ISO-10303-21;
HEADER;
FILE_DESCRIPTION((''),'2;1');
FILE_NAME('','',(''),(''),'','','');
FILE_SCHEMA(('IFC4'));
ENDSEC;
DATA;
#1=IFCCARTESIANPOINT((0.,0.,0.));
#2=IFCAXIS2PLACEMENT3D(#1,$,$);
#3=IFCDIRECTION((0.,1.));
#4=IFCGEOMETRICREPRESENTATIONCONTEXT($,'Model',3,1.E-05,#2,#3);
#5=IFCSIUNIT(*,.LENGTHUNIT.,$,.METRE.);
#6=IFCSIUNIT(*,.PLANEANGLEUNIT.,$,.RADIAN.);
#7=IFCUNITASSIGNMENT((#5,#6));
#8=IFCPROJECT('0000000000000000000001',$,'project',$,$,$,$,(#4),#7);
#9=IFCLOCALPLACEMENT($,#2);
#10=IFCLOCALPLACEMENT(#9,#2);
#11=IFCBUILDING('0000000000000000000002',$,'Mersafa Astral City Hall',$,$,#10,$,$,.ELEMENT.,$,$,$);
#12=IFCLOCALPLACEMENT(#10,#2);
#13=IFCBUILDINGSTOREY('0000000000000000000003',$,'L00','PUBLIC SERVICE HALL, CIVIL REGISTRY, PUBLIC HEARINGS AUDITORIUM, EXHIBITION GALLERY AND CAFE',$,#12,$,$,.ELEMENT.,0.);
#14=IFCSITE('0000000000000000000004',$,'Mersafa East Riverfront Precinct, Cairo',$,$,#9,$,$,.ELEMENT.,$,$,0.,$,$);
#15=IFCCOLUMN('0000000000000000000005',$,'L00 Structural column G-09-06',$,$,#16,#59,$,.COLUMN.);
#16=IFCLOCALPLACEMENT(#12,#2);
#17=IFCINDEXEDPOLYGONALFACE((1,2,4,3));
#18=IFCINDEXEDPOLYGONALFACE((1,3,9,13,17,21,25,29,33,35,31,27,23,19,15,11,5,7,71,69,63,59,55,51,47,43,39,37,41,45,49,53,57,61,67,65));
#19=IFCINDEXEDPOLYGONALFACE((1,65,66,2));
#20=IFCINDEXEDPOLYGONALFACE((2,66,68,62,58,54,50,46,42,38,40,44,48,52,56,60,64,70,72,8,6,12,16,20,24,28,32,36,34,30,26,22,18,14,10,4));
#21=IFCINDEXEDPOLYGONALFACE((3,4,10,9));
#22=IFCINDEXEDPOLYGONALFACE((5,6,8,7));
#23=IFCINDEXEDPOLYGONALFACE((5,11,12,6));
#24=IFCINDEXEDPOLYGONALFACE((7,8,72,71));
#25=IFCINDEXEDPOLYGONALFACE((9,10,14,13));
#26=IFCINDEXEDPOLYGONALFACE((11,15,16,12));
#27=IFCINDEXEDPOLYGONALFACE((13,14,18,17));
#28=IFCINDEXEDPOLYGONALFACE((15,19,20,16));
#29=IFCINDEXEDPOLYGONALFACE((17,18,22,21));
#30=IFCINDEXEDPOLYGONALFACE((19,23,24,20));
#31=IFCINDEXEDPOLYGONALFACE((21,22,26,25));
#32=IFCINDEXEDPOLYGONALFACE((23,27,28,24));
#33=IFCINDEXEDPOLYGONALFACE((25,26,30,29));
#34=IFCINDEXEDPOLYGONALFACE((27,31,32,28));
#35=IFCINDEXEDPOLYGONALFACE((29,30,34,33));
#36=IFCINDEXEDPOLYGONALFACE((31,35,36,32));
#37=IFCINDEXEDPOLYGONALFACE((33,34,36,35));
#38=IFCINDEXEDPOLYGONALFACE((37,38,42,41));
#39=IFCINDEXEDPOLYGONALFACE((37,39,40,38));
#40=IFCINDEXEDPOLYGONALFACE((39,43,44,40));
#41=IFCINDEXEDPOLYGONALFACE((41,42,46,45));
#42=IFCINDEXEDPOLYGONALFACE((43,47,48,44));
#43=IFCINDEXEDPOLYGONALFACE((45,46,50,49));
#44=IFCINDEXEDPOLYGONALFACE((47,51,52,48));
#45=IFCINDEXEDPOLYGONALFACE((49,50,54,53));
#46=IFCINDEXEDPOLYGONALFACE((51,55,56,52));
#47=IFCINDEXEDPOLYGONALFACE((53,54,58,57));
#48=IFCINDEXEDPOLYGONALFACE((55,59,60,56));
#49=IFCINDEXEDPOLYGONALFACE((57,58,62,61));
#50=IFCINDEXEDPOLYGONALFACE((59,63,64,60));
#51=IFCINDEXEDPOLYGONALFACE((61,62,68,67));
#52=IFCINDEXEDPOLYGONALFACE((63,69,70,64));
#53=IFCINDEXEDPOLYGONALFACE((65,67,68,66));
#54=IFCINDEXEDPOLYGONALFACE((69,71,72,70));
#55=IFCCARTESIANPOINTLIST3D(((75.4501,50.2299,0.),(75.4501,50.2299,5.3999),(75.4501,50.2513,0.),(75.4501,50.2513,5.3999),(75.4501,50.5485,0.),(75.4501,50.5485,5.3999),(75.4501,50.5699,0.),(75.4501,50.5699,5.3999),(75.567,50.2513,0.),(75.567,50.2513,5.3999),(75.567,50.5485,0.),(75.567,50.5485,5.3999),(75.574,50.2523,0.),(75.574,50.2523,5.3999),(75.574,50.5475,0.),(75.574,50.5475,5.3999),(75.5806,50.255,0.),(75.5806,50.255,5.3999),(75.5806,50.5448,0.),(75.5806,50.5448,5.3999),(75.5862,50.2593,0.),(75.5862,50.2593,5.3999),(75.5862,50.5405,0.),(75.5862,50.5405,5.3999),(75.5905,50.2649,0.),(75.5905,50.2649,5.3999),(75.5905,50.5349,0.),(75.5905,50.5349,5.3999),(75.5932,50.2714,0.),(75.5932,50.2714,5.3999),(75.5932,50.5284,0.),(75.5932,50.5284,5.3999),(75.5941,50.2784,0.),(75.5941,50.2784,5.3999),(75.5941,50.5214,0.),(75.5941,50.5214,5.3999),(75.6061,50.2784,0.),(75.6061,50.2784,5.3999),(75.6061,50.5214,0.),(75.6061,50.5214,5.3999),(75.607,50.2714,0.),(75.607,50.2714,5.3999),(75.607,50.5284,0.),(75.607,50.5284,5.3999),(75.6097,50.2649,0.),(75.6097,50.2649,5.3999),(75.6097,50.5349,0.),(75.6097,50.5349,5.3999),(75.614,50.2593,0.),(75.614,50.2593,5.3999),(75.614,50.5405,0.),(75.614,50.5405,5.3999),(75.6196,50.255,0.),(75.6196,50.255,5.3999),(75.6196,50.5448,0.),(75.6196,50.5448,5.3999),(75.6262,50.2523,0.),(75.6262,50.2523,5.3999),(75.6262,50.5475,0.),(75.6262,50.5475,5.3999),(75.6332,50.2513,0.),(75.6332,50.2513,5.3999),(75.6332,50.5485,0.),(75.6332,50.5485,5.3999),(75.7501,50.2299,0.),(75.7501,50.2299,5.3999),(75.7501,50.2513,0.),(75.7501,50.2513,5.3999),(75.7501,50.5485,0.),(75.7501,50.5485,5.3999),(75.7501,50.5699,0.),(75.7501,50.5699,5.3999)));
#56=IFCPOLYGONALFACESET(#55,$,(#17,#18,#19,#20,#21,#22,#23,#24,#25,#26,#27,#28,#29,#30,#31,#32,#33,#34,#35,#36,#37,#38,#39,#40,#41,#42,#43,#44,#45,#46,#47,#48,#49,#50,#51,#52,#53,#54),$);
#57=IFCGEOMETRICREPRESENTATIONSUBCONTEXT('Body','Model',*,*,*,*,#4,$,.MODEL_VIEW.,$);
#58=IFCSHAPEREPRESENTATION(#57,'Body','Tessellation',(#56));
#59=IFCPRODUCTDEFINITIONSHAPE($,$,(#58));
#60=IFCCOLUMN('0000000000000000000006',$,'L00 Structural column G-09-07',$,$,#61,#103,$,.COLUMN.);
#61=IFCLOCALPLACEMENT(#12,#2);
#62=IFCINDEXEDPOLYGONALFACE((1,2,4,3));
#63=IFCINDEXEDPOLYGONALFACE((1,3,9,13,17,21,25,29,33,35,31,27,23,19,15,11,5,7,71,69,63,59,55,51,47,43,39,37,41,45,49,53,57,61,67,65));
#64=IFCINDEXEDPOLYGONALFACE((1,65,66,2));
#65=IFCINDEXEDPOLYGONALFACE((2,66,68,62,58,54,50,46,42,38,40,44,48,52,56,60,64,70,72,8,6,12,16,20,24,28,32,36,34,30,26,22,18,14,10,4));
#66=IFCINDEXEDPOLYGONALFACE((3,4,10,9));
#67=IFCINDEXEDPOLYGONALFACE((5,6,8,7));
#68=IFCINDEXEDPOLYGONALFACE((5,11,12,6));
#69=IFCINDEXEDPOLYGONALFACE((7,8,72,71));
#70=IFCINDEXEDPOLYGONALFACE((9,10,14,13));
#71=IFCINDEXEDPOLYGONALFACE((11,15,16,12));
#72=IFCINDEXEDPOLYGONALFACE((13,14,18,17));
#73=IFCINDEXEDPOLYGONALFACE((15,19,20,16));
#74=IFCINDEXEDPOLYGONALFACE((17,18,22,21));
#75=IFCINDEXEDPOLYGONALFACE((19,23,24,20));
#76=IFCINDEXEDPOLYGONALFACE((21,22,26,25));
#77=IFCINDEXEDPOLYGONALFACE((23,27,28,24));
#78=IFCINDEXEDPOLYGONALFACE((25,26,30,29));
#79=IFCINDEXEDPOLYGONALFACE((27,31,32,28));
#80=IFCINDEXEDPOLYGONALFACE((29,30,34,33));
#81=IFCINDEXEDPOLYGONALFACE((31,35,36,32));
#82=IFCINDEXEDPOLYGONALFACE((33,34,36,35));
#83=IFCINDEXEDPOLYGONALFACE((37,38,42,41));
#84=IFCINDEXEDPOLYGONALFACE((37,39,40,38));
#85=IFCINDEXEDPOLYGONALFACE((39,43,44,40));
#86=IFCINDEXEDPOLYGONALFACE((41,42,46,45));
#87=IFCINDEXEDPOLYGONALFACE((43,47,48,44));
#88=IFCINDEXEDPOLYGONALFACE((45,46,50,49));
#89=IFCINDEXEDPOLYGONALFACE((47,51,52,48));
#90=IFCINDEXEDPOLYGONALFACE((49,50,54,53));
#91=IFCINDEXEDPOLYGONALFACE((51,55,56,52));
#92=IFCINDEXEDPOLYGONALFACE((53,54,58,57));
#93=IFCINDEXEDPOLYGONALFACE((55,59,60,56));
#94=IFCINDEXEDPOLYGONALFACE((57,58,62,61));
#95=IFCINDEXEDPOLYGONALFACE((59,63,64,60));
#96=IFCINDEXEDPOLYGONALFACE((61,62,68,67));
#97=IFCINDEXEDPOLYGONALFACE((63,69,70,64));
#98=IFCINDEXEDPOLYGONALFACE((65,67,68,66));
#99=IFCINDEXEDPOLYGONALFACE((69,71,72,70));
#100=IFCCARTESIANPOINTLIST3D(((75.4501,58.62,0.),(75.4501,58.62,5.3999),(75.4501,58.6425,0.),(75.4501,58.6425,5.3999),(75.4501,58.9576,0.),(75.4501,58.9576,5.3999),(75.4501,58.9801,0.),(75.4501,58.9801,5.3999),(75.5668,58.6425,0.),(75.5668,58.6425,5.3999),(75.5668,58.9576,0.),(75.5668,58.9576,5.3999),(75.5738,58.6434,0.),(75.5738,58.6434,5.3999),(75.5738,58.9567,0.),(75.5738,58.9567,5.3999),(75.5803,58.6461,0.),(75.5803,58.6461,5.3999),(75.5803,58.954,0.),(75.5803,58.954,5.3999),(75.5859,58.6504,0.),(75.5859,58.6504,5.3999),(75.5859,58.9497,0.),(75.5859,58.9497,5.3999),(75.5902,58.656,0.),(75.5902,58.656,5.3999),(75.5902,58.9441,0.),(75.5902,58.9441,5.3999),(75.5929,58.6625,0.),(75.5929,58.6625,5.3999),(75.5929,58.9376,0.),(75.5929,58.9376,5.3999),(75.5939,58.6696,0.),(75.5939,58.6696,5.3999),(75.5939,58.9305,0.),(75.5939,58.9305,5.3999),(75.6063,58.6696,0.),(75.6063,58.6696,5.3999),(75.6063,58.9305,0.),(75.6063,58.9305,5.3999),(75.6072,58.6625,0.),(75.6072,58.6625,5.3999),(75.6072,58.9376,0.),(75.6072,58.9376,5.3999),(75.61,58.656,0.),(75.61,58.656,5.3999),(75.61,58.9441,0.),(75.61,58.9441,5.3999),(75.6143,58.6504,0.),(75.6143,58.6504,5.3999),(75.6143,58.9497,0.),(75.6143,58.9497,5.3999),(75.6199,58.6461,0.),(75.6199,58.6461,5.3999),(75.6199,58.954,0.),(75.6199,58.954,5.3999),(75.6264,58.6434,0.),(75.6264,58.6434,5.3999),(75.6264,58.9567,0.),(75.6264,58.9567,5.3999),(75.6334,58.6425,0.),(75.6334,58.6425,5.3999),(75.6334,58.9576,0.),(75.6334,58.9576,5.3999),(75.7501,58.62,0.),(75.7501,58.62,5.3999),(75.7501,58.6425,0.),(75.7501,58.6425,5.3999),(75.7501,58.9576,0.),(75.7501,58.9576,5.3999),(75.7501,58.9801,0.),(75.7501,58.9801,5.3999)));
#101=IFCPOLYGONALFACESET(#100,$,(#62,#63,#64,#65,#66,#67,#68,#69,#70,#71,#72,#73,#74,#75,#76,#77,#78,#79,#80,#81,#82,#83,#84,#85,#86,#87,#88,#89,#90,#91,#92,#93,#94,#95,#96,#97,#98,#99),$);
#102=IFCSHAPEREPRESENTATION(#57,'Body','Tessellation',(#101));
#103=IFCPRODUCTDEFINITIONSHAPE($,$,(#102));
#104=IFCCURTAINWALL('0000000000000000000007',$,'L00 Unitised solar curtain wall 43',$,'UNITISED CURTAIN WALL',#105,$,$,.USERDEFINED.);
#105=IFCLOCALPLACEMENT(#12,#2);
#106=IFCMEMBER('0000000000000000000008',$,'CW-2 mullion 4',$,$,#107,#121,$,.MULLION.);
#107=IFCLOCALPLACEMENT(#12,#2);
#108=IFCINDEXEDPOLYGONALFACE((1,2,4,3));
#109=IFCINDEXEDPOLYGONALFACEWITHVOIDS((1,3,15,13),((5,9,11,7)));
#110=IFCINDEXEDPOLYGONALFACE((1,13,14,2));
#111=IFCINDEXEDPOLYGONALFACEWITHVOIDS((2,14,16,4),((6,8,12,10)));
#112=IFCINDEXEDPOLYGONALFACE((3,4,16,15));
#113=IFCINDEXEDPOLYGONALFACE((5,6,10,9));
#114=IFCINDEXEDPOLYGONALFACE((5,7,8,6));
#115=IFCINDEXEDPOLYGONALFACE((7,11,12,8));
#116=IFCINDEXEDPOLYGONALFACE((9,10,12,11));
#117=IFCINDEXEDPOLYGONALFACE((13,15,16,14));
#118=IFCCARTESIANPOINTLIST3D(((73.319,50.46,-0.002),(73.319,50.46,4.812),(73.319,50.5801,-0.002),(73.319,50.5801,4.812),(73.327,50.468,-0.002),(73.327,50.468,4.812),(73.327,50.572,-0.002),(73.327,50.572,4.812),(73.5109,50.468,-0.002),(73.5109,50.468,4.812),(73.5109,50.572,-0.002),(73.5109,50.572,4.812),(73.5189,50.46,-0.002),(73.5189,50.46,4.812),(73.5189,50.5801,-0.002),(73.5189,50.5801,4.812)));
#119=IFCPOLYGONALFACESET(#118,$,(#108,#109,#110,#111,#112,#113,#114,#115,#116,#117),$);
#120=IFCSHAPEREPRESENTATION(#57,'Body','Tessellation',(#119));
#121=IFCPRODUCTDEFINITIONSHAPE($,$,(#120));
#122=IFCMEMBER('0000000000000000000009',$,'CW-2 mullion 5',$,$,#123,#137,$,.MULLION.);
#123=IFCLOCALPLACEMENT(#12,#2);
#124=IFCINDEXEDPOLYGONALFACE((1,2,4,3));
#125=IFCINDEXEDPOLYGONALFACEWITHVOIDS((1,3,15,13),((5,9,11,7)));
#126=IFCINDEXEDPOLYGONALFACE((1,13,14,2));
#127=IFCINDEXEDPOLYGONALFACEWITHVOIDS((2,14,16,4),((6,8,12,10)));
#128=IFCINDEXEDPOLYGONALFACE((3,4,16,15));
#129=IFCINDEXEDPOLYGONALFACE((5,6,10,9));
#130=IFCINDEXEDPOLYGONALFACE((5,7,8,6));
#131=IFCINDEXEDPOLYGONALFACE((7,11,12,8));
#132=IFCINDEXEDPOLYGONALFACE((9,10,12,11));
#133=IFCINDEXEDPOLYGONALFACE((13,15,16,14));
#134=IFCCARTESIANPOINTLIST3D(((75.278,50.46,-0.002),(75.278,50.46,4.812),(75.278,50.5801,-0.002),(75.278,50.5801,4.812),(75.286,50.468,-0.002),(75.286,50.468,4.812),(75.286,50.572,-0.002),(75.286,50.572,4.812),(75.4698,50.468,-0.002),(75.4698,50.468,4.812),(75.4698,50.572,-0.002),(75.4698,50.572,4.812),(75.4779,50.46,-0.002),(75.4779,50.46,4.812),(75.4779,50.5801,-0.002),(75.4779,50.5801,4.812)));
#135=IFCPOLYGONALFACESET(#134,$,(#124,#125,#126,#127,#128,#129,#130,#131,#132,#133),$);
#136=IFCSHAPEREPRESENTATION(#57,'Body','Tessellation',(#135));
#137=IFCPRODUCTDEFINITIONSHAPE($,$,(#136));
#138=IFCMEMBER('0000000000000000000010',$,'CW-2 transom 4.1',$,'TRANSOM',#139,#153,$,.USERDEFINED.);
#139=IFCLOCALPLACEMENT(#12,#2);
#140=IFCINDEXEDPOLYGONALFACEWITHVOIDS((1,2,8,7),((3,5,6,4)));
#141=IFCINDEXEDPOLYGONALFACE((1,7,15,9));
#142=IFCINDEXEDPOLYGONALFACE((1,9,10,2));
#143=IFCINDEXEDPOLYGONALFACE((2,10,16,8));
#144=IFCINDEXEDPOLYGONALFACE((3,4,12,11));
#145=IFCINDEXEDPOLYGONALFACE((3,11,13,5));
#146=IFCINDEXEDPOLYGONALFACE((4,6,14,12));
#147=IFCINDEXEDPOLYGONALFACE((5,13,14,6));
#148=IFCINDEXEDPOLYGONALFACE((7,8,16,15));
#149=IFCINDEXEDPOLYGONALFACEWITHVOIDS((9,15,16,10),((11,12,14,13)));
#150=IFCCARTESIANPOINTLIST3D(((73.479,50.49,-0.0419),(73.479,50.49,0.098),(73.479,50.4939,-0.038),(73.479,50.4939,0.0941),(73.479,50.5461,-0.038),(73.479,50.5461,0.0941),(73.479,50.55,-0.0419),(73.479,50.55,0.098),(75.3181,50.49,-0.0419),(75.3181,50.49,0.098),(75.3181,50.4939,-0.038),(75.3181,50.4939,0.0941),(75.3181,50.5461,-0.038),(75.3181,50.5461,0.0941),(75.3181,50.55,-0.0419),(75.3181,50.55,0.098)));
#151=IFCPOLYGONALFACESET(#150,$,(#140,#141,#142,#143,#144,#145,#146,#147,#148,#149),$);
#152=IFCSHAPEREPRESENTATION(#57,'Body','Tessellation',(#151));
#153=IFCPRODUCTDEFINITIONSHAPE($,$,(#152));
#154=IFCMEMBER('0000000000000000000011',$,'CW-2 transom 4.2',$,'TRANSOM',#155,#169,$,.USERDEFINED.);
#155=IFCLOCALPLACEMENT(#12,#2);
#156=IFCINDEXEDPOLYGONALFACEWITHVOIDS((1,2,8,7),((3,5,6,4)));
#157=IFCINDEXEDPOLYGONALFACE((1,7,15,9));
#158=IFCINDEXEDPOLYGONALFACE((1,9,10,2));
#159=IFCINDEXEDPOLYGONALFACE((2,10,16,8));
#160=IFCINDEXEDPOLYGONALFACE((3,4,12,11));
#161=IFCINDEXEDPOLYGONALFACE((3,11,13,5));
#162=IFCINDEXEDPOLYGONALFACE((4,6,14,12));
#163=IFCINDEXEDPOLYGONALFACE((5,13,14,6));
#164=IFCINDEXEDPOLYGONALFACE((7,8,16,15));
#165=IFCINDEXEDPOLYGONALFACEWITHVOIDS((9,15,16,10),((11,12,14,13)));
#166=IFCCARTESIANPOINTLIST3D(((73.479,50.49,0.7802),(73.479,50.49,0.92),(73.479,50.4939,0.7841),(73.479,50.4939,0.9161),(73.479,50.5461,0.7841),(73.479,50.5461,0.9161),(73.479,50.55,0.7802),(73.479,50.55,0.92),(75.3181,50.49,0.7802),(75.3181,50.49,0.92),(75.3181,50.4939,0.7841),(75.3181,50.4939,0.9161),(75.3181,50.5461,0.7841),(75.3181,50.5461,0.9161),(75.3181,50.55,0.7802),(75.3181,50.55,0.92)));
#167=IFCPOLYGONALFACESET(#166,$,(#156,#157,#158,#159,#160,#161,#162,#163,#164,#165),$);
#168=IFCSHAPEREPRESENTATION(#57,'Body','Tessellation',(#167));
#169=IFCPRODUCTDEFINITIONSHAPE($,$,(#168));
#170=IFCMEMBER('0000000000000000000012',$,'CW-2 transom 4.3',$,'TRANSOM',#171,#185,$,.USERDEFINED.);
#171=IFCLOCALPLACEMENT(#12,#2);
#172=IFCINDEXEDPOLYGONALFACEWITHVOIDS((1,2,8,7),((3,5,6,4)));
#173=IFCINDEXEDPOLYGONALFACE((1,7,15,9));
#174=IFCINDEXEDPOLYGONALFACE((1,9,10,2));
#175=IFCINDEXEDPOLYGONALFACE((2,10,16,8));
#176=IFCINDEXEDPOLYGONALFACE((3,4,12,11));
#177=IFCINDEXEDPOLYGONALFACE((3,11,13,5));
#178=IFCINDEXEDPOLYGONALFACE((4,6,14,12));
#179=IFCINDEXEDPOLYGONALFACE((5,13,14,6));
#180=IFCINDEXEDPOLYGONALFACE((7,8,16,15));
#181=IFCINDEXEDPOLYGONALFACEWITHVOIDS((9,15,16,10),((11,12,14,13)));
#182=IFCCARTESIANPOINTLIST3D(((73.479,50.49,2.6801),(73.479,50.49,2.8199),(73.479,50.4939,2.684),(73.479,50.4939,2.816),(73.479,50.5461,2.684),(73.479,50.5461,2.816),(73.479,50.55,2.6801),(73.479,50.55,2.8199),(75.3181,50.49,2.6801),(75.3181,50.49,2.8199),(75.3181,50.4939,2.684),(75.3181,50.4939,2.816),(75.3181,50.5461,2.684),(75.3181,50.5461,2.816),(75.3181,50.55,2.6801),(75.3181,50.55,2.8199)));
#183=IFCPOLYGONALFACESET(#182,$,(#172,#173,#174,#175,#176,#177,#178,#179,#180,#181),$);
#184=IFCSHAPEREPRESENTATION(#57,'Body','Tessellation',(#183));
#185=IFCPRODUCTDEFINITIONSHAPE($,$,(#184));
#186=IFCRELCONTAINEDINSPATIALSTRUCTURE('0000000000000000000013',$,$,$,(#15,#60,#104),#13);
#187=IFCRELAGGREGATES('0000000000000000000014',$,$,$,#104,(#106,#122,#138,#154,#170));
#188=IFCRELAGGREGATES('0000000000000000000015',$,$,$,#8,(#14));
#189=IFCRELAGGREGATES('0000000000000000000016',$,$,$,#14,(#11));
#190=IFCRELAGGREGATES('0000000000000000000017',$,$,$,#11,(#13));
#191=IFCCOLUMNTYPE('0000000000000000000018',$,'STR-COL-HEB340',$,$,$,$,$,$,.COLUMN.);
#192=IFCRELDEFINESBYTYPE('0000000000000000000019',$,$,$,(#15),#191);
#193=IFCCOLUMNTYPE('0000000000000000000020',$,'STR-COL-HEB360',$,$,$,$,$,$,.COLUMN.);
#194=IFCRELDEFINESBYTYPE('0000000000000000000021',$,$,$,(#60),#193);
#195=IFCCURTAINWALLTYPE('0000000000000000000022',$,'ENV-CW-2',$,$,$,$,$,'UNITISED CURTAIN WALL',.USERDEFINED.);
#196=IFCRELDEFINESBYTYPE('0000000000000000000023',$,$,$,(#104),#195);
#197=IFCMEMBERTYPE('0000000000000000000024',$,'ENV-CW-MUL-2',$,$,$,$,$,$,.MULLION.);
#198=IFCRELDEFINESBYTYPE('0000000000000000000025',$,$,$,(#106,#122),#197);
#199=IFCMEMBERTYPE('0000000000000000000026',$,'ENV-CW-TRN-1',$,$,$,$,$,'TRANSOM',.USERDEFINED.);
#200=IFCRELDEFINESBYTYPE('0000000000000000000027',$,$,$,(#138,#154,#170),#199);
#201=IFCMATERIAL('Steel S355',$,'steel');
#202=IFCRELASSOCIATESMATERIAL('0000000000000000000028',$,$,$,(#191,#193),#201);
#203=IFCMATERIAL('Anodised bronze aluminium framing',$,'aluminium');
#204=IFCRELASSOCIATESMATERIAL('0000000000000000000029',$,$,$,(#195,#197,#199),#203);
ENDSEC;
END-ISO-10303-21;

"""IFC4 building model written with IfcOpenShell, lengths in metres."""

from ifc_helpers import new_model, si_unit, direction, frame, origin, origin_2d, place, context, subcontext, project, spatial, hollow_rectangle, i_section, extrude, material, material_profile, profile_set, type_object, element, aggregate, save


model = new_model("IFC4")

# Units and contexts
model_context = context("Model", 3, precision=1e-05, world=origin(), true_north=direction((0.0, 1.0)))
body_context = subcontext(model_context, "Body", "Model", "MODEL_VIEW")
ifc_project = project(units=[si_unit("LENGTHUNIT", "METRE"), si_unit("PLANEANGLEUNIT", "RADIAN")], contexts=[model_context])

# Site, building, storey
site_placement = place(None, origin())
site = spatial("IfcSite", under=ifc_project, at=site_placement, Name="Mersafa East Riverfront Precinct, Cairo", CompositionType="ELEMENT", RefElevation=0.0)
building_placement = place(site_placement, origin())
building = spatial("IfcBuilding", under=site, at=building_placement, Name="Mersafa Astral City Hall", CompositionType="ELEMENT")
storey_placement = place(building_placement, origin())
storey = spatial("IfcBuildingStorey", under=building, at=storey_placement, Name="L00", Description="PUBLIC SERVICE HALL, CIVIL REGISTRY, PUBLIC HEARINGS AUDITORIUM, EXHIBITION GALLERY AND CAFE", CompositionType="ELEMENT", Elevation=0.0)

# Columns
ifc_material_1 = material(Name="Steel S355", Category="steel")
ifc_material_profile_1 = material_profile(ifc_material_1, i_section(OverallWidth=0.3, OverallDepth=0.3401, WebThickness=0.012, FlangeThickness=0.0215, FilletRadius=0.0271, at=origin_2d()), Name="HEB 340")
ifc_profile_set_1 = profile_set([ifc_material_profile_1], Name="Steel S355")
column_type_1 = type_object("IfcColumnType", Name="STR-COL-HEB340", PredefinedType="COLUMN", material=ifc_profile_set_1)
column_1_placement = place(storey_placement, frame((75.6001, 50.3999, 0.0), z_axis=(0.0, 0.0, 1.0), x_axis=(1.0, 0.0, 0.0)))
element("IfcColumn", 1, at=column_1_placement, inside=storey, type_object=column_type_1, Name="L00 Structural column G-09-06", PredefinedType="COLUMN", context=body_context, shape_type="SweptSolid", body=[
    extrude(i_section(OverallWidth=0.3, OverallDepth=0.3401, WebThickness=0.012, FlangeThickness=0.0215, FilletRadius=0.0271, at=origin_2d()), origin(), (0.0, 0.0, 1.0), 5.3999),
])
ifc_material_profile_2 = material_profile(ifc_material_1, i_section(OverallWidth=0.3, OverallDepth=0.3601, WebThickness=0.0125, FlangeThickness=0.0225, FilletRadius=0.0271, at=origin_2d()), Name="HEB 360")
ifc_profile_set_2 = profile_set([ifc_material_profile_2], Name="Steel S355")
column_type_2 = type_object("IfcColumnType", Name="STR-COL-HEB360", PredefinedType="COLUMN", material=ifc_profile_set_2)
column_2_placement = place(storey_placement, frame((75.6001, 58.8, 0.0), z_axis=(0.0, 0.0, 1.0), x_axis=(1.0, 0.0, 0.0)))
element("IfcColumn", 2, at=column_2_placement, inside=storey, type_object=column_type_2, Name="L00 Structural column G-09-07", PredefinedType="COLUMN", context=body_context, shape_type="SweptSolid", body=[
    extrude(i_section(OverallWidth=0.3, OverallDepth=0.3601, WebThickness=0.0125, FlangeThickness=0.0225, FilletRadius=0.0271, at=origin_2d()), origin(), (0.0, 0.0, 1.0), 5.3999),
])

# Curtain wall, members
ifc_material_2 = material(Name="Anodised bronze aluminium framing", Category="aluminium")
curtain_wall_type = type_object("IfcCurtainWallType", Name="ENV-CW-2", ElementType="UNITISED CURTAIN WALL", PredefinedType="USERDEFINED", material=ifc_material_2)
curtain_wall_placement = place(storey_placement, origin())
curtain_wall = element("IfcCurtainWall", 3, at=curtain_wall_placement, inside=storey, type_object=curtain_wall_type, Name="L00 Unitised solar curtain wall 43", ObjectType="UNITISED CURTAIN WALL", PredefinedType="USERDEFINED")
ifc_material_profile_3 = material_profile(ifc_material_2, hollow_rectangle(XDim=0.1201, YDim=0.2, WallThickness=0.0081, at=origin_2d()), Name="RHS 120x200x8")
ifc_profile_set_3 = profile_set([ifc_material_profile_3], Name="Anodised bronze aluminium framing")
member_type_1 = type_object("IfcMemberType", Name="ENV-CW-MUL-2", PredefinedType="MULLION", material=ifc_profile_set_3)
member_1_placement = place(storey_placement, frame((73.4189, 50.52, -0.002), z_axis=(0.0, 0.0, 1.0), x_axis=(0.0, 1.0, 0.0)))
member_1 = element("IfcMember", 4, at=member_1_placement, type_object=member_type_1, Name="CW-2 mullion 4", PredefinedType="MULLION", context=body_context, shape_type="SweptSolid", body=[
    extrude(hollow_rectangle(XDim=0.1201, YDim=0.2, WallThickness=0.0081, at=origin_2d()), origin(), (0.0, 0.0, 1.0), 4.814),
])
member_2_placement = place(storey_placement, frame((75.3779, 50.52, -0.002), z_axis=(0.0, 0.0, 1.0), x_axis=(0.0, 1.0, 0.0)))
member_2 = element("IfcMember", 5, at=member_2_placement, type_object=member_type_1, Name="CW-2 mullion 5", PredefinedType="MULLION", context=body_context, shape_type="SweptSolid", body=[
    extrude(hollow_rectangle(XDim=0.1201, YDim=0.2, WallThickness=0.0081, at=origin_2d()), origin(), (0.0, 0.0, 1.0), 4.814),
])
ifc_material_profile_4 = material_profile(ifc_material_2, hollow_rectangle(XDim=0.0601, YDim=0.1399, WallThickness=0.0039, at=origin_2d()), Name="RHS 60x140x4")
ifc_profile_set_4 = profile_set([ifc_material_profile_4], Name="Anodised bronze aluminium framing")
member_type_2 = type_object("IfcMemberType", Name="ENV-CW-TRN-1", ElementType="TRANSOM", PredefinedType="USERDEFINED", material=ifc_profile_set_4)
member_3_placement = place(storey_placement, frame((73.479, 50.52, 0.0281), z_axis=(1.0, 0.0, 0.0), x_axis=(0.0, 1.0, 0.0)))
member_3 = element("IfcMember", 6, at=member_3_placement, type_object=member_type_2, Name="CW-2 transom 4.1", ObjectType="TRANSOM", PredefinedType="USERDEFINED", context=body_context, shape_type="SweptSolid", body=[
    extrude(hollow_rectangle(XDim=0.0601, YDim=0.1399, WallThickness=0.0039, at=origin_2d()), origin(), (0.0, 0.0, 1.0), 1.8391),
])
member_4_placement = place(storey_placement, frame((73.479, 50.52, 0.8501), z_axis=(1.0, 0.0, 0.0), x_axis=(0.0, 1.0, 0.0)))
member_4 = element("IfcMember", 7, at=member_4_placement, type_object=member_type_2, Name="CW-2 transom 4.2", ObjectType="TRANSOM", PredefinedType="USERDEFINED", context=body_context, shape_type="SweptSolid", body=[
    extrude(hollow_rectangle(XDim=0.0601, YDim=0.1399, WallThickness=0.0039, at=origin_2d()), origin(), (0.0, 0.0, 1.0), 1.8391),
])
member_5_placement = place(storey_placement, frame((73.479, 50.52, 2.75), z_axis=(1.0, 0.0, 0.0), x_axis=(0.0, 1.0, 0.0)))
member_5 = element("IfcMember", 8, at=member_5_placement, type_object=member_type_2, Name="CW-2 transom 4.3", ObjectType="TRANSOM", PredefinedType="USERDEFINED", context=body_context, shape_type="SweptSolid", body=[
    extrude(hollow_rectangle(XDim=0.0601, YDim=0.1399, WallThickness=0.0039, at=origin_2d()), origin(), (0.0, 0.0, 1.0), 1.8391),
])

aggregate(curtain_wall, [member_1, member_2, member_3, member_4, member_5])

save(model, "model.ifc")
